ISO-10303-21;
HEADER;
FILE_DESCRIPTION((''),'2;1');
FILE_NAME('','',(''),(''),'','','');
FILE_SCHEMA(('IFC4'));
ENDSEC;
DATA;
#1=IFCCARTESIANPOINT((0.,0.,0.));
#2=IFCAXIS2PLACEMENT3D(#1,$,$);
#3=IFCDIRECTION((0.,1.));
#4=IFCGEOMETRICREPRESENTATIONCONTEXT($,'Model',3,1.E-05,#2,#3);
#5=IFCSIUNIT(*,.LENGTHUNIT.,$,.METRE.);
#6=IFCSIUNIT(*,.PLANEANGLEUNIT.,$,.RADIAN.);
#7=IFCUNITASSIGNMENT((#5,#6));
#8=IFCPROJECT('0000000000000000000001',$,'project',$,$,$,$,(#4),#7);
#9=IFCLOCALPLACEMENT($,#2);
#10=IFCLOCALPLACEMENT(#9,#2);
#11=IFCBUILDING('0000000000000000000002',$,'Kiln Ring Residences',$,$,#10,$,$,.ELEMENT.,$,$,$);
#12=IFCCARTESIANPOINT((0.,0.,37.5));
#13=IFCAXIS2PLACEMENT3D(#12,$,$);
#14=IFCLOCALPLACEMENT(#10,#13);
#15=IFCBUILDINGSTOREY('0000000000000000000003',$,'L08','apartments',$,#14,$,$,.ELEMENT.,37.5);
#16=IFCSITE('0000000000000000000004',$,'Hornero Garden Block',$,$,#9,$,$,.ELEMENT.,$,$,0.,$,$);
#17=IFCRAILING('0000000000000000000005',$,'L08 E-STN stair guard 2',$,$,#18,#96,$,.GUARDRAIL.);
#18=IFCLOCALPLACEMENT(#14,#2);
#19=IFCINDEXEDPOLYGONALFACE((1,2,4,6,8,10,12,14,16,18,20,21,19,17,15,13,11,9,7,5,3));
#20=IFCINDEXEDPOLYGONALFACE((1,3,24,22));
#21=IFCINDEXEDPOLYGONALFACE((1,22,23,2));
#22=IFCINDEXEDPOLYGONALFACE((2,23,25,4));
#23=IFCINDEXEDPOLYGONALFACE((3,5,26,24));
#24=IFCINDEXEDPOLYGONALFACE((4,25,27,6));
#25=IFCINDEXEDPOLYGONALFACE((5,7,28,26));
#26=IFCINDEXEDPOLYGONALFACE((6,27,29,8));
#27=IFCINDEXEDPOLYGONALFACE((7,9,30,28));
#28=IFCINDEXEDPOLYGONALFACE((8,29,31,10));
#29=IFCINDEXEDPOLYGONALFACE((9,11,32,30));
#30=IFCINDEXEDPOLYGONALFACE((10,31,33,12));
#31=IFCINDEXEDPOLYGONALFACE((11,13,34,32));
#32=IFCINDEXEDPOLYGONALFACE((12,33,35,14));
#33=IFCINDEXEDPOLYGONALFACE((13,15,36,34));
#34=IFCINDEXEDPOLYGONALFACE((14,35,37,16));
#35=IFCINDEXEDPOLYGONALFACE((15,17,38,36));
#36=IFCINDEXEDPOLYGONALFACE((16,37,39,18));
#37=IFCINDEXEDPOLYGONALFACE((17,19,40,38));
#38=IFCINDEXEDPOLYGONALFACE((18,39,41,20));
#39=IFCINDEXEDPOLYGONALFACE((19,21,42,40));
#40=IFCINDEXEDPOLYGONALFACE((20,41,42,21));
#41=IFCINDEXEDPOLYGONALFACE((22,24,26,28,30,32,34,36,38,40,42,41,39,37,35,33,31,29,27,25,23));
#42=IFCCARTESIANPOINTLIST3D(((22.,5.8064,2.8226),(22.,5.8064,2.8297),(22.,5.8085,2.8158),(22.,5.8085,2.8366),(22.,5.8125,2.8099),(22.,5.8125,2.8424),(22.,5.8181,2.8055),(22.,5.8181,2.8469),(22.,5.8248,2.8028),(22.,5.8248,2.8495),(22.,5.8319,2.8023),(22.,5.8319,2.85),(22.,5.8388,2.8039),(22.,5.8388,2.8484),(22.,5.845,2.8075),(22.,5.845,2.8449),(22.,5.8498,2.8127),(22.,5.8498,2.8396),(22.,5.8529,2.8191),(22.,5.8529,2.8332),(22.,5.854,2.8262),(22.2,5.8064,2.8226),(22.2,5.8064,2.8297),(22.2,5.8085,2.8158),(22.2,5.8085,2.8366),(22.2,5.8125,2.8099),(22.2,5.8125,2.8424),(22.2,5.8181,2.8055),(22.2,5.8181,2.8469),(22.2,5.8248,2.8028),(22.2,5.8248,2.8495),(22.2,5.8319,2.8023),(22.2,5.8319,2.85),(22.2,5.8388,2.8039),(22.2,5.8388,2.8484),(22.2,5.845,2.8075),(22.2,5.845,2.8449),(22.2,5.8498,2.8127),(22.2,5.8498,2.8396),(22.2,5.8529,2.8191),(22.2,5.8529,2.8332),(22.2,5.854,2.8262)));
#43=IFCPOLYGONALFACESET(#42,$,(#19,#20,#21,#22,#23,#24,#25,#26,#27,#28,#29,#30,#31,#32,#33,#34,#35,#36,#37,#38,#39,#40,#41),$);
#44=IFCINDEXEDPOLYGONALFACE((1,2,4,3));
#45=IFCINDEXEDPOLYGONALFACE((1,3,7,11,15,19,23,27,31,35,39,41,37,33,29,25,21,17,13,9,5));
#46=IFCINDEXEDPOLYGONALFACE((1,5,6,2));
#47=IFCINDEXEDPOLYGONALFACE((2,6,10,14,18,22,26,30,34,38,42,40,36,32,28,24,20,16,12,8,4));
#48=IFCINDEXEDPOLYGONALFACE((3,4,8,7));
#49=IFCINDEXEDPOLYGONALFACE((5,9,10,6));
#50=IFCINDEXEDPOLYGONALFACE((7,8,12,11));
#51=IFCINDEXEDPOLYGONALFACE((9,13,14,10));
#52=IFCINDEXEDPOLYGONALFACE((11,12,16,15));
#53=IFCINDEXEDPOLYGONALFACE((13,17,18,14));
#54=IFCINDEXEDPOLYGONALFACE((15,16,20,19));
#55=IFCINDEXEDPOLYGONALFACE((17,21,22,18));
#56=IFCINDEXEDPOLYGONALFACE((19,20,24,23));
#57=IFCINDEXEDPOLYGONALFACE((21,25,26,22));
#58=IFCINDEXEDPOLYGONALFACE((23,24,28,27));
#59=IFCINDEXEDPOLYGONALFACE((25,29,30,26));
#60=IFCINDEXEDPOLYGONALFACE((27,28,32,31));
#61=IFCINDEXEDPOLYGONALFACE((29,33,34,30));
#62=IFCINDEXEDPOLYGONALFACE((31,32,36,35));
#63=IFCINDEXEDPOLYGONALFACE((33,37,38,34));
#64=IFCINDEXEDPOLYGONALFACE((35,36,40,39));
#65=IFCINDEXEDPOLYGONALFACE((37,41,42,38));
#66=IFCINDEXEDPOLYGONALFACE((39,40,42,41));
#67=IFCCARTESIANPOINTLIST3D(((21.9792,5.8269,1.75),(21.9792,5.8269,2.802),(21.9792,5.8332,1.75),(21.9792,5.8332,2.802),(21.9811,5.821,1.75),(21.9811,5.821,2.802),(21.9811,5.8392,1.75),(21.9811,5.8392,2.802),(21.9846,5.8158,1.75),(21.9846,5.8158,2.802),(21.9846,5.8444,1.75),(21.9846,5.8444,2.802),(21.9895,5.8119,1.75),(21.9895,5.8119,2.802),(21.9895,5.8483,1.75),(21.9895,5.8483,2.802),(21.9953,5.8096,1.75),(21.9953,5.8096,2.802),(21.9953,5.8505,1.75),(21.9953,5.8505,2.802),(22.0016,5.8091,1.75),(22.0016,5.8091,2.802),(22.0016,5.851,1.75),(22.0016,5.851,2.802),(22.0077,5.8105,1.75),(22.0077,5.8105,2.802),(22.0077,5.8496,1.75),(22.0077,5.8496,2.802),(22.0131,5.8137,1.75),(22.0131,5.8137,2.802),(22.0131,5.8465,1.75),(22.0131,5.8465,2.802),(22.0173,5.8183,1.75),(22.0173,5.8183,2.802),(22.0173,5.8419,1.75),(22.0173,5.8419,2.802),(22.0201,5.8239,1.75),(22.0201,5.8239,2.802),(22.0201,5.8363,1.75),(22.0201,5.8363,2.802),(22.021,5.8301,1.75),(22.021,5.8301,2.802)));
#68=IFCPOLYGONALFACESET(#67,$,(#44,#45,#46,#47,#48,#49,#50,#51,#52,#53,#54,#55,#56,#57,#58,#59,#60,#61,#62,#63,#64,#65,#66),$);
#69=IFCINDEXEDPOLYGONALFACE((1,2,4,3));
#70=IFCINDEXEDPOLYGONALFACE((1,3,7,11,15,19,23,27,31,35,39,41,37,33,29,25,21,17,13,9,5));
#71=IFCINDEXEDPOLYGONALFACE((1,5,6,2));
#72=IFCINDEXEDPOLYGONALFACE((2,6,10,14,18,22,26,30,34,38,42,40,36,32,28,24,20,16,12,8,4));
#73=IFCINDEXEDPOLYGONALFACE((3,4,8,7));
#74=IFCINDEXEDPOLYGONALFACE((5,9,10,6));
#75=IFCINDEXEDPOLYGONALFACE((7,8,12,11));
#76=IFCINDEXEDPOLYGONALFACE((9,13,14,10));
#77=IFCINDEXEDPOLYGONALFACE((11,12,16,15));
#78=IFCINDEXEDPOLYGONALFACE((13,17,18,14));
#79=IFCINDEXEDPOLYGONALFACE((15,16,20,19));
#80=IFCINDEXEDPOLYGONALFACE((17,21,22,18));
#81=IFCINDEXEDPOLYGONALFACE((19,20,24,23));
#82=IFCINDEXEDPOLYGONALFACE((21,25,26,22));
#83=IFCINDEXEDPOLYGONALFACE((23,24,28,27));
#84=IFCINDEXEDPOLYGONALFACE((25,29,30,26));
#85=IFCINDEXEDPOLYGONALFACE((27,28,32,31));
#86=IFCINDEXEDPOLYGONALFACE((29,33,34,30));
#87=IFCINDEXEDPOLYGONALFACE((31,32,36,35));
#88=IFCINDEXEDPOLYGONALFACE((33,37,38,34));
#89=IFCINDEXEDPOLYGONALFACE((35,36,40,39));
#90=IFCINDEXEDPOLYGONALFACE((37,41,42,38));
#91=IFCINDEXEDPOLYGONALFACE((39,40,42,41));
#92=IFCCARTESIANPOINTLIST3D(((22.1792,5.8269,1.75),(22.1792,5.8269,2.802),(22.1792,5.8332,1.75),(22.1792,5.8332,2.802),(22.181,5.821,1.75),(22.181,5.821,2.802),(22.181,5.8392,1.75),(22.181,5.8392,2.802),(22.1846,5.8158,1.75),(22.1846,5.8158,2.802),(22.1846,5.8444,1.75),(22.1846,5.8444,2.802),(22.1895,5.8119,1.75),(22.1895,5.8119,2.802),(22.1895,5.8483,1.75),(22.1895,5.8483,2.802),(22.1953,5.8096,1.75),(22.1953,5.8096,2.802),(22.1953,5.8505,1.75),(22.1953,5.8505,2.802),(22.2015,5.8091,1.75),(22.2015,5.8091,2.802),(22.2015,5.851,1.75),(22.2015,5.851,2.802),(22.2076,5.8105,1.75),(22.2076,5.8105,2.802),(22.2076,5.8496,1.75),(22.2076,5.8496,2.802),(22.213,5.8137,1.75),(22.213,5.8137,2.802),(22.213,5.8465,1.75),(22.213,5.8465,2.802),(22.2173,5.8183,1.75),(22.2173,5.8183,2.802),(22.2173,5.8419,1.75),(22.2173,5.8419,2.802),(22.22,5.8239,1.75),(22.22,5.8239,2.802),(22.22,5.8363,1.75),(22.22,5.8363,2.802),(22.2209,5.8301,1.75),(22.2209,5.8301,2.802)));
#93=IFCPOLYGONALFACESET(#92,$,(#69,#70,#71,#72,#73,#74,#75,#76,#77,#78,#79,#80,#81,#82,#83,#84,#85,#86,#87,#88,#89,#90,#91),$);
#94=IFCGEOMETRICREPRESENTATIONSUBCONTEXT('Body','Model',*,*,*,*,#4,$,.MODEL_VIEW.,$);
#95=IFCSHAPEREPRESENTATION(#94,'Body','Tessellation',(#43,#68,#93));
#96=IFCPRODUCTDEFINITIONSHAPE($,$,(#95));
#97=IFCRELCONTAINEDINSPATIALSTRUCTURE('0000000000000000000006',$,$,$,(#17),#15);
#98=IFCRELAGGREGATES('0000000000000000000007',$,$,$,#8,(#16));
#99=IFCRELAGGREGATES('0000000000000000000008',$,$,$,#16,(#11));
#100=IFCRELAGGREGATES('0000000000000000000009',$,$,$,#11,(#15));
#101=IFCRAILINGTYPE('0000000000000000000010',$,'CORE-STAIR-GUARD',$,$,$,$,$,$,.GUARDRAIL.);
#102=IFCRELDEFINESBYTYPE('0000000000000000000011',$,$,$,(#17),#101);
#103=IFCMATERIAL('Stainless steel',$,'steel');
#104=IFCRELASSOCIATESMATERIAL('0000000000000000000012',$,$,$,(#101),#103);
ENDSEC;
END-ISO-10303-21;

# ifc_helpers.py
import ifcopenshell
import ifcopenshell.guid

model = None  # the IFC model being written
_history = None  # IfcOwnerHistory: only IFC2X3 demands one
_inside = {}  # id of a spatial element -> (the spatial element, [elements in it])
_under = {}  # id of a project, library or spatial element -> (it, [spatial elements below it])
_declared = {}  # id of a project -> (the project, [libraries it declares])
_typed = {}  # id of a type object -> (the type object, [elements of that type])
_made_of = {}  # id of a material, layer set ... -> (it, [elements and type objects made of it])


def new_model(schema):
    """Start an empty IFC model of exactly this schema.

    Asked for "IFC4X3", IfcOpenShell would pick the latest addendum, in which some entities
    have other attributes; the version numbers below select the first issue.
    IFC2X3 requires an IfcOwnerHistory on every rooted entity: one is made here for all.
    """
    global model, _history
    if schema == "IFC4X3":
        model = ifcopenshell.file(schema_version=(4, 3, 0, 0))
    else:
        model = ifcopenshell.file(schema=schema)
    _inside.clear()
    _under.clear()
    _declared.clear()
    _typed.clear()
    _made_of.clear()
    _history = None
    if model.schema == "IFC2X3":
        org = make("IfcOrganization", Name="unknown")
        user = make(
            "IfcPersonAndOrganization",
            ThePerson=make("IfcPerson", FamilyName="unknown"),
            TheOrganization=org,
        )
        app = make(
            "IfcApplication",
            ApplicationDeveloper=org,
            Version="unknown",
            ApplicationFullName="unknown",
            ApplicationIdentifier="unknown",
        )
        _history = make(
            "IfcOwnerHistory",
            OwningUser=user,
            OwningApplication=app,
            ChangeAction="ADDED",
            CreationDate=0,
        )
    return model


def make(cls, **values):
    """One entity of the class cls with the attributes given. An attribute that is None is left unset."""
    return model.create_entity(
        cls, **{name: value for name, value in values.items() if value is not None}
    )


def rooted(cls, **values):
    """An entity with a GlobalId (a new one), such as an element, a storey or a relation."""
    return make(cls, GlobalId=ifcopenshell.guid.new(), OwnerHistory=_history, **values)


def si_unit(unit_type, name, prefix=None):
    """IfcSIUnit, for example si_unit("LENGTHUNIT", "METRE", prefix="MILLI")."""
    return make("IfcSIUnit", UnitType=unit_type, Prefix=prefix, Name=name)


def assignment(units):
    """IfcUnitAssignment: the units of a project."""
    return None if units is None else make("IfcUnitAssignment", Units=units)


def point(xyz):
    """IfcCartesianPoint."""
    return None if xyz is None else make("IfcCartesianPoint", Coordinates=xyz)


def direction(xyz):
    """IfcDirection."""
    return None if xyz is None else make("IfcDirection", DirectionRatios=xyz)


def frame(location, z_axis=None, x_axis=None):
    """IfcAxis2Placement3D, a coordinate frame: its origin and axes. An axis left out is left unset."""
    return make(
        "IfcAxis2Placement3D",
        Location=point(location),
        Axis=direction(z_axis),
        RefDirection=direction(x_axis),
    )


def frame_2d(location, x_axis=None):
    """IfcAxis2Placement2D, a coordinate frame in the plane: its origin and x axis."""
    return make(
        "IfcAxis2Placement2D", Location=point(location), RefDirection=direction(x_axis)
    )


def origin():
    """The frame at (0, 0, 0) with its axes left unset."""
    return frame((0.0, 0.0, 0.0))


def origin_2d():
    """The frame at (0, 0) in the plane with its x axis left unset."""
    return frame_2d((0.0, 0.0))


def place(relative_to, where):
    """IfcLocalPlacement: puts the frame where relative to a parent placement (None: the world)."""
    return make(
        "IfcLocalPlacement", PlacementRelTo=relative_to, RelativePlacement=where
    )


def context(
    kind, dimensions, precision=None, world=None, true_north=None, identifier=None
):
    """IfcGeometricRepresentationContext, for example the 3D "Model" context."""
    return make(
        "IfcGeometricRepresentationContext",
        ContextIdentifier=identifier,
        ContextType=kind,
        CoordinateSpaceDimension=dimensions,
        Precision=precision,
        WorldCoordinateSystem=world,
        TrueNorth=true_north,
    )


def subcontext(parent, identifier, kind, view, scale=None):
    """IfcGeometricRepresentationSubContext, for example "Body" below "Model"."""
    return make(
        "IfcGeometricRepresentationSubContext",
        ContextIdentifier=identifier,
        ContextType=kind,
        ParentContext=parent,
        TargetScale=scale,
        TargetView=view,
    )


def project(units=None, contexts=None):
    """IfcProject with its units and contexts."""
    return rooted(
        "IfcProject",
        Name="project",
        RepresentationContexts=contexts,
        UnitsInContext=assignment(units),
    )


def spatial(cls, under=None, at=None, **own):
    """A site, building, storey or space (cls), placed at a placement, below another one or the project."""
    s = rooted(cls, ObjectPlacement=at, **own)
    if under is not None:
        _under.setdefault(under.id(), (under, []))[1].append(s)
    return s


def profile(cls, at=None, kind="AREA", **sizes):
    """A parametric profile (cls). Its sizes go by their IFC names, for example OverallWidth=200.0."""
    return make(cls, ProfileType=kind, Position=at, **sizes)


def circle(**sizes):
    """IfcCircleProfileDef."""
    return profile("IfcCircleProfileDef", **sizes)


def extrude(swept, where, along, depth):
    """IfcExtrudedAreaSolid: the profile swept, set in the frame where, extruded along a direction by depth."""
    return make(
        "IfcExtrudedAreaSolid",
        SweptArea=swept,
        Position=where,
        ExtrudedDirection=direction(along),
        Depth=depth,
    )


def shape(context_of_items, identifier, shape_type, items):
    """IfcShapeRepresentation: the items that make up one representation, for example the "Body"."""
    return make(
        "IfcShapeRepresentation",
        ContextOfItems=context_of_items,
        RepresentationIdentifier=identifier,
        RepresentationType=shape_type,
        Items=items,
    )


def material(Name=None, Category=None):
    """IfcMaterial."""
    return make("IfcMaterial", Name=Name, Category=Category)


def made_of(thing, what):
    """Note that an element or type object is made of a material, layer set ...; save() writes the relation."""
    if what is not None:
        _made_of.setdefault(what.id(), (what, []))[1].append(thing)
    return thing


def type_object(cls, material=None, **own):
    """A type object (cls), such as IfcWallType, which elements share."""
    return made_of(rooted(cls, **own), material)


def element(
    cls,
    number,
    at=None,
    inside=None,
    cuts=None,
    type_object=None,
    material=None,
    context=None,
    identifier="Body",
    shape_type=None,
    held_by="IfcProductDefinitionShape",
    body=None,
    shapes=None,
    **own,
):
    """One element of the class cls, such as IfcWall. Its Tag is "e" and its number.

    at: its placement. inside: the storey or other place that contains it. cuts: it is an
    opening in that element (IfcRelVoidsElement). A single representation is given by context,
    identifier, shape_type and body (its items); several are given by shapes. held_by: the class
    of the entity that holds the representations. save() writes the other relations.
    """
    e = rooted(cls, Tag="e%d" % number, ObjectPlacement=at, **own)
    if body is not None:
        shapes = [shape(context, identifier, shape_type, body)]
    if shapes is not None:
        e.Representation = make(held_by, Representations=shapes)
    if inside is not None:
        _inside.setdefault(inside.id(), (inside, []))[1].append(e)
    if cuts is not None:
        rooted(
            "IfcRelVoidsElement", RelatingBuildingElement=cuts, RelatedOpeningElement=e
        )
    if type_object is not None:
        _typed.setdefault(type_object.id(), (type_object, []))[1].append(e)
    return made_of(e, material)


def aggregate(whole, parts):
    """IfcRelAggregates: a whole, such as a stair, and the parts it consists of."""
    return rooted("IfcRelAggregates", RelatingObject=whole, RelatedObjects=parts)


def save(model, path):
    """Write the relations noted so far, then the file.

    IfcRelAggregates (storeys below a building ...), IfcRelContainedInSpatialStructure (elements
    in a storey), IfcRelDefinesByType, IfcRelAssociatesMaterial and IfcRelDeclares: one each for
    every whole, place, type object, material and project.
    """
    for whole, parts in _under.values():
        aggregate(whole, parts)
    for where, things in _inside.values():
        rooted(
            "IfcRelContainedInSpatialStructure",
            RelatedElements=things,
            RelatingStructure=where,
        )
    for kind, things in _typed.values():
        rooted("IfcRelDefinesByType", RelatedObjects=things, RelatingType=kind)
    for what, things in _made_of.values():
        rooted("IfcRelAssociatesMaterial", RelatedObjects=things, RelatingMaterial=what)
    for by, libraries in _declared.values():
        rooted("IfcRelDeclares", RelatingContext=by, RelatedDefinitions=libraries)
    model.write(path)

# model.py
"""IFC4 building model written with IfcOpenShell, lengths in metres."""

from ifc_helpers import new_model, si_unit, direction, frame, origin, origin_2d, place, context, subcontext, project, spatial, circle, extrude, material, type_object, element, save


model = new_model("IFC4")

# Units and contexts
model_context = context("Model", 3, precision=1e-05, world=origin(), true_north=direction((0.0, 1.0)))
body_context = subcontext(model_context, "Body", "Model", "MODEL_VIEW")
ifc_project = project(units=[si_unit("LENGTHUNIT", "METRE"), si_unit("PLANEANGLEUNIT", "RADIAN")], contexts=[model_context])

# Site, building, storey
site_placement = place(None, origin())
site = spatial("IfcSite", under=ifc_project, at=site_placement, Name="Hornero Garden Block", CompositionType="ELEMENT", RefElevation=0.0)
building_placement = place(site_placement, origin())
building = spatial("IfcBuilding", under=site, at=building_placement, Name="Kiln Ring Residences", CompositionType="ELEMENT")
storey_placement = place(building_placement, frame((0.0, 0.0, 37.5)))
storey = spatial("IfcBuildingStorey", under=building, at=storey_placement, Name="L08", Description="apartments", CompositionType="ELEMENT", Elevation=37.5)

# Railing
ifc_material_1 = material(Name="Stainless steel", Category="steel")
railing_type_1 = type_object("IfcRailingType", Name="CORE-STAIR-GUARD", PredefinedType="GUARDRAIL", material=ifc_material_1)
railing_1_placement = place(storey_placement, frame((22.0, 5.8301, 1.75)))
element("IfcRailing", 1, at=railing_1_placement, inside=storey, type_object=railing_type_1, Name="L08 E-STN stair guard 2", PredefinedType="GUARDRAIL", context=body_context, shape_type="SweptSolid", body=[
    extrude(circle(Radius=0.0239, at=origin_2d()), frame((0.0, 0.0, 1.0762), z_axis=(1.0, 0.0, 0.0), x_axis=(0.0, 1.0, 0.0)), (0.0, 0.0, 1.0), 0.2),
    extrude(circle(Radius=0.021, at=origin_2d()), origin(), (0.0, 0.0, 1.0), 1.052),
    extrude(circle(Radius=0.021, at=origin_2d()), frame((0.2, 0.0, 0.0)), (0.0, 0.0, 1.0), 1.052),
])

save(model, "model.ifc")
